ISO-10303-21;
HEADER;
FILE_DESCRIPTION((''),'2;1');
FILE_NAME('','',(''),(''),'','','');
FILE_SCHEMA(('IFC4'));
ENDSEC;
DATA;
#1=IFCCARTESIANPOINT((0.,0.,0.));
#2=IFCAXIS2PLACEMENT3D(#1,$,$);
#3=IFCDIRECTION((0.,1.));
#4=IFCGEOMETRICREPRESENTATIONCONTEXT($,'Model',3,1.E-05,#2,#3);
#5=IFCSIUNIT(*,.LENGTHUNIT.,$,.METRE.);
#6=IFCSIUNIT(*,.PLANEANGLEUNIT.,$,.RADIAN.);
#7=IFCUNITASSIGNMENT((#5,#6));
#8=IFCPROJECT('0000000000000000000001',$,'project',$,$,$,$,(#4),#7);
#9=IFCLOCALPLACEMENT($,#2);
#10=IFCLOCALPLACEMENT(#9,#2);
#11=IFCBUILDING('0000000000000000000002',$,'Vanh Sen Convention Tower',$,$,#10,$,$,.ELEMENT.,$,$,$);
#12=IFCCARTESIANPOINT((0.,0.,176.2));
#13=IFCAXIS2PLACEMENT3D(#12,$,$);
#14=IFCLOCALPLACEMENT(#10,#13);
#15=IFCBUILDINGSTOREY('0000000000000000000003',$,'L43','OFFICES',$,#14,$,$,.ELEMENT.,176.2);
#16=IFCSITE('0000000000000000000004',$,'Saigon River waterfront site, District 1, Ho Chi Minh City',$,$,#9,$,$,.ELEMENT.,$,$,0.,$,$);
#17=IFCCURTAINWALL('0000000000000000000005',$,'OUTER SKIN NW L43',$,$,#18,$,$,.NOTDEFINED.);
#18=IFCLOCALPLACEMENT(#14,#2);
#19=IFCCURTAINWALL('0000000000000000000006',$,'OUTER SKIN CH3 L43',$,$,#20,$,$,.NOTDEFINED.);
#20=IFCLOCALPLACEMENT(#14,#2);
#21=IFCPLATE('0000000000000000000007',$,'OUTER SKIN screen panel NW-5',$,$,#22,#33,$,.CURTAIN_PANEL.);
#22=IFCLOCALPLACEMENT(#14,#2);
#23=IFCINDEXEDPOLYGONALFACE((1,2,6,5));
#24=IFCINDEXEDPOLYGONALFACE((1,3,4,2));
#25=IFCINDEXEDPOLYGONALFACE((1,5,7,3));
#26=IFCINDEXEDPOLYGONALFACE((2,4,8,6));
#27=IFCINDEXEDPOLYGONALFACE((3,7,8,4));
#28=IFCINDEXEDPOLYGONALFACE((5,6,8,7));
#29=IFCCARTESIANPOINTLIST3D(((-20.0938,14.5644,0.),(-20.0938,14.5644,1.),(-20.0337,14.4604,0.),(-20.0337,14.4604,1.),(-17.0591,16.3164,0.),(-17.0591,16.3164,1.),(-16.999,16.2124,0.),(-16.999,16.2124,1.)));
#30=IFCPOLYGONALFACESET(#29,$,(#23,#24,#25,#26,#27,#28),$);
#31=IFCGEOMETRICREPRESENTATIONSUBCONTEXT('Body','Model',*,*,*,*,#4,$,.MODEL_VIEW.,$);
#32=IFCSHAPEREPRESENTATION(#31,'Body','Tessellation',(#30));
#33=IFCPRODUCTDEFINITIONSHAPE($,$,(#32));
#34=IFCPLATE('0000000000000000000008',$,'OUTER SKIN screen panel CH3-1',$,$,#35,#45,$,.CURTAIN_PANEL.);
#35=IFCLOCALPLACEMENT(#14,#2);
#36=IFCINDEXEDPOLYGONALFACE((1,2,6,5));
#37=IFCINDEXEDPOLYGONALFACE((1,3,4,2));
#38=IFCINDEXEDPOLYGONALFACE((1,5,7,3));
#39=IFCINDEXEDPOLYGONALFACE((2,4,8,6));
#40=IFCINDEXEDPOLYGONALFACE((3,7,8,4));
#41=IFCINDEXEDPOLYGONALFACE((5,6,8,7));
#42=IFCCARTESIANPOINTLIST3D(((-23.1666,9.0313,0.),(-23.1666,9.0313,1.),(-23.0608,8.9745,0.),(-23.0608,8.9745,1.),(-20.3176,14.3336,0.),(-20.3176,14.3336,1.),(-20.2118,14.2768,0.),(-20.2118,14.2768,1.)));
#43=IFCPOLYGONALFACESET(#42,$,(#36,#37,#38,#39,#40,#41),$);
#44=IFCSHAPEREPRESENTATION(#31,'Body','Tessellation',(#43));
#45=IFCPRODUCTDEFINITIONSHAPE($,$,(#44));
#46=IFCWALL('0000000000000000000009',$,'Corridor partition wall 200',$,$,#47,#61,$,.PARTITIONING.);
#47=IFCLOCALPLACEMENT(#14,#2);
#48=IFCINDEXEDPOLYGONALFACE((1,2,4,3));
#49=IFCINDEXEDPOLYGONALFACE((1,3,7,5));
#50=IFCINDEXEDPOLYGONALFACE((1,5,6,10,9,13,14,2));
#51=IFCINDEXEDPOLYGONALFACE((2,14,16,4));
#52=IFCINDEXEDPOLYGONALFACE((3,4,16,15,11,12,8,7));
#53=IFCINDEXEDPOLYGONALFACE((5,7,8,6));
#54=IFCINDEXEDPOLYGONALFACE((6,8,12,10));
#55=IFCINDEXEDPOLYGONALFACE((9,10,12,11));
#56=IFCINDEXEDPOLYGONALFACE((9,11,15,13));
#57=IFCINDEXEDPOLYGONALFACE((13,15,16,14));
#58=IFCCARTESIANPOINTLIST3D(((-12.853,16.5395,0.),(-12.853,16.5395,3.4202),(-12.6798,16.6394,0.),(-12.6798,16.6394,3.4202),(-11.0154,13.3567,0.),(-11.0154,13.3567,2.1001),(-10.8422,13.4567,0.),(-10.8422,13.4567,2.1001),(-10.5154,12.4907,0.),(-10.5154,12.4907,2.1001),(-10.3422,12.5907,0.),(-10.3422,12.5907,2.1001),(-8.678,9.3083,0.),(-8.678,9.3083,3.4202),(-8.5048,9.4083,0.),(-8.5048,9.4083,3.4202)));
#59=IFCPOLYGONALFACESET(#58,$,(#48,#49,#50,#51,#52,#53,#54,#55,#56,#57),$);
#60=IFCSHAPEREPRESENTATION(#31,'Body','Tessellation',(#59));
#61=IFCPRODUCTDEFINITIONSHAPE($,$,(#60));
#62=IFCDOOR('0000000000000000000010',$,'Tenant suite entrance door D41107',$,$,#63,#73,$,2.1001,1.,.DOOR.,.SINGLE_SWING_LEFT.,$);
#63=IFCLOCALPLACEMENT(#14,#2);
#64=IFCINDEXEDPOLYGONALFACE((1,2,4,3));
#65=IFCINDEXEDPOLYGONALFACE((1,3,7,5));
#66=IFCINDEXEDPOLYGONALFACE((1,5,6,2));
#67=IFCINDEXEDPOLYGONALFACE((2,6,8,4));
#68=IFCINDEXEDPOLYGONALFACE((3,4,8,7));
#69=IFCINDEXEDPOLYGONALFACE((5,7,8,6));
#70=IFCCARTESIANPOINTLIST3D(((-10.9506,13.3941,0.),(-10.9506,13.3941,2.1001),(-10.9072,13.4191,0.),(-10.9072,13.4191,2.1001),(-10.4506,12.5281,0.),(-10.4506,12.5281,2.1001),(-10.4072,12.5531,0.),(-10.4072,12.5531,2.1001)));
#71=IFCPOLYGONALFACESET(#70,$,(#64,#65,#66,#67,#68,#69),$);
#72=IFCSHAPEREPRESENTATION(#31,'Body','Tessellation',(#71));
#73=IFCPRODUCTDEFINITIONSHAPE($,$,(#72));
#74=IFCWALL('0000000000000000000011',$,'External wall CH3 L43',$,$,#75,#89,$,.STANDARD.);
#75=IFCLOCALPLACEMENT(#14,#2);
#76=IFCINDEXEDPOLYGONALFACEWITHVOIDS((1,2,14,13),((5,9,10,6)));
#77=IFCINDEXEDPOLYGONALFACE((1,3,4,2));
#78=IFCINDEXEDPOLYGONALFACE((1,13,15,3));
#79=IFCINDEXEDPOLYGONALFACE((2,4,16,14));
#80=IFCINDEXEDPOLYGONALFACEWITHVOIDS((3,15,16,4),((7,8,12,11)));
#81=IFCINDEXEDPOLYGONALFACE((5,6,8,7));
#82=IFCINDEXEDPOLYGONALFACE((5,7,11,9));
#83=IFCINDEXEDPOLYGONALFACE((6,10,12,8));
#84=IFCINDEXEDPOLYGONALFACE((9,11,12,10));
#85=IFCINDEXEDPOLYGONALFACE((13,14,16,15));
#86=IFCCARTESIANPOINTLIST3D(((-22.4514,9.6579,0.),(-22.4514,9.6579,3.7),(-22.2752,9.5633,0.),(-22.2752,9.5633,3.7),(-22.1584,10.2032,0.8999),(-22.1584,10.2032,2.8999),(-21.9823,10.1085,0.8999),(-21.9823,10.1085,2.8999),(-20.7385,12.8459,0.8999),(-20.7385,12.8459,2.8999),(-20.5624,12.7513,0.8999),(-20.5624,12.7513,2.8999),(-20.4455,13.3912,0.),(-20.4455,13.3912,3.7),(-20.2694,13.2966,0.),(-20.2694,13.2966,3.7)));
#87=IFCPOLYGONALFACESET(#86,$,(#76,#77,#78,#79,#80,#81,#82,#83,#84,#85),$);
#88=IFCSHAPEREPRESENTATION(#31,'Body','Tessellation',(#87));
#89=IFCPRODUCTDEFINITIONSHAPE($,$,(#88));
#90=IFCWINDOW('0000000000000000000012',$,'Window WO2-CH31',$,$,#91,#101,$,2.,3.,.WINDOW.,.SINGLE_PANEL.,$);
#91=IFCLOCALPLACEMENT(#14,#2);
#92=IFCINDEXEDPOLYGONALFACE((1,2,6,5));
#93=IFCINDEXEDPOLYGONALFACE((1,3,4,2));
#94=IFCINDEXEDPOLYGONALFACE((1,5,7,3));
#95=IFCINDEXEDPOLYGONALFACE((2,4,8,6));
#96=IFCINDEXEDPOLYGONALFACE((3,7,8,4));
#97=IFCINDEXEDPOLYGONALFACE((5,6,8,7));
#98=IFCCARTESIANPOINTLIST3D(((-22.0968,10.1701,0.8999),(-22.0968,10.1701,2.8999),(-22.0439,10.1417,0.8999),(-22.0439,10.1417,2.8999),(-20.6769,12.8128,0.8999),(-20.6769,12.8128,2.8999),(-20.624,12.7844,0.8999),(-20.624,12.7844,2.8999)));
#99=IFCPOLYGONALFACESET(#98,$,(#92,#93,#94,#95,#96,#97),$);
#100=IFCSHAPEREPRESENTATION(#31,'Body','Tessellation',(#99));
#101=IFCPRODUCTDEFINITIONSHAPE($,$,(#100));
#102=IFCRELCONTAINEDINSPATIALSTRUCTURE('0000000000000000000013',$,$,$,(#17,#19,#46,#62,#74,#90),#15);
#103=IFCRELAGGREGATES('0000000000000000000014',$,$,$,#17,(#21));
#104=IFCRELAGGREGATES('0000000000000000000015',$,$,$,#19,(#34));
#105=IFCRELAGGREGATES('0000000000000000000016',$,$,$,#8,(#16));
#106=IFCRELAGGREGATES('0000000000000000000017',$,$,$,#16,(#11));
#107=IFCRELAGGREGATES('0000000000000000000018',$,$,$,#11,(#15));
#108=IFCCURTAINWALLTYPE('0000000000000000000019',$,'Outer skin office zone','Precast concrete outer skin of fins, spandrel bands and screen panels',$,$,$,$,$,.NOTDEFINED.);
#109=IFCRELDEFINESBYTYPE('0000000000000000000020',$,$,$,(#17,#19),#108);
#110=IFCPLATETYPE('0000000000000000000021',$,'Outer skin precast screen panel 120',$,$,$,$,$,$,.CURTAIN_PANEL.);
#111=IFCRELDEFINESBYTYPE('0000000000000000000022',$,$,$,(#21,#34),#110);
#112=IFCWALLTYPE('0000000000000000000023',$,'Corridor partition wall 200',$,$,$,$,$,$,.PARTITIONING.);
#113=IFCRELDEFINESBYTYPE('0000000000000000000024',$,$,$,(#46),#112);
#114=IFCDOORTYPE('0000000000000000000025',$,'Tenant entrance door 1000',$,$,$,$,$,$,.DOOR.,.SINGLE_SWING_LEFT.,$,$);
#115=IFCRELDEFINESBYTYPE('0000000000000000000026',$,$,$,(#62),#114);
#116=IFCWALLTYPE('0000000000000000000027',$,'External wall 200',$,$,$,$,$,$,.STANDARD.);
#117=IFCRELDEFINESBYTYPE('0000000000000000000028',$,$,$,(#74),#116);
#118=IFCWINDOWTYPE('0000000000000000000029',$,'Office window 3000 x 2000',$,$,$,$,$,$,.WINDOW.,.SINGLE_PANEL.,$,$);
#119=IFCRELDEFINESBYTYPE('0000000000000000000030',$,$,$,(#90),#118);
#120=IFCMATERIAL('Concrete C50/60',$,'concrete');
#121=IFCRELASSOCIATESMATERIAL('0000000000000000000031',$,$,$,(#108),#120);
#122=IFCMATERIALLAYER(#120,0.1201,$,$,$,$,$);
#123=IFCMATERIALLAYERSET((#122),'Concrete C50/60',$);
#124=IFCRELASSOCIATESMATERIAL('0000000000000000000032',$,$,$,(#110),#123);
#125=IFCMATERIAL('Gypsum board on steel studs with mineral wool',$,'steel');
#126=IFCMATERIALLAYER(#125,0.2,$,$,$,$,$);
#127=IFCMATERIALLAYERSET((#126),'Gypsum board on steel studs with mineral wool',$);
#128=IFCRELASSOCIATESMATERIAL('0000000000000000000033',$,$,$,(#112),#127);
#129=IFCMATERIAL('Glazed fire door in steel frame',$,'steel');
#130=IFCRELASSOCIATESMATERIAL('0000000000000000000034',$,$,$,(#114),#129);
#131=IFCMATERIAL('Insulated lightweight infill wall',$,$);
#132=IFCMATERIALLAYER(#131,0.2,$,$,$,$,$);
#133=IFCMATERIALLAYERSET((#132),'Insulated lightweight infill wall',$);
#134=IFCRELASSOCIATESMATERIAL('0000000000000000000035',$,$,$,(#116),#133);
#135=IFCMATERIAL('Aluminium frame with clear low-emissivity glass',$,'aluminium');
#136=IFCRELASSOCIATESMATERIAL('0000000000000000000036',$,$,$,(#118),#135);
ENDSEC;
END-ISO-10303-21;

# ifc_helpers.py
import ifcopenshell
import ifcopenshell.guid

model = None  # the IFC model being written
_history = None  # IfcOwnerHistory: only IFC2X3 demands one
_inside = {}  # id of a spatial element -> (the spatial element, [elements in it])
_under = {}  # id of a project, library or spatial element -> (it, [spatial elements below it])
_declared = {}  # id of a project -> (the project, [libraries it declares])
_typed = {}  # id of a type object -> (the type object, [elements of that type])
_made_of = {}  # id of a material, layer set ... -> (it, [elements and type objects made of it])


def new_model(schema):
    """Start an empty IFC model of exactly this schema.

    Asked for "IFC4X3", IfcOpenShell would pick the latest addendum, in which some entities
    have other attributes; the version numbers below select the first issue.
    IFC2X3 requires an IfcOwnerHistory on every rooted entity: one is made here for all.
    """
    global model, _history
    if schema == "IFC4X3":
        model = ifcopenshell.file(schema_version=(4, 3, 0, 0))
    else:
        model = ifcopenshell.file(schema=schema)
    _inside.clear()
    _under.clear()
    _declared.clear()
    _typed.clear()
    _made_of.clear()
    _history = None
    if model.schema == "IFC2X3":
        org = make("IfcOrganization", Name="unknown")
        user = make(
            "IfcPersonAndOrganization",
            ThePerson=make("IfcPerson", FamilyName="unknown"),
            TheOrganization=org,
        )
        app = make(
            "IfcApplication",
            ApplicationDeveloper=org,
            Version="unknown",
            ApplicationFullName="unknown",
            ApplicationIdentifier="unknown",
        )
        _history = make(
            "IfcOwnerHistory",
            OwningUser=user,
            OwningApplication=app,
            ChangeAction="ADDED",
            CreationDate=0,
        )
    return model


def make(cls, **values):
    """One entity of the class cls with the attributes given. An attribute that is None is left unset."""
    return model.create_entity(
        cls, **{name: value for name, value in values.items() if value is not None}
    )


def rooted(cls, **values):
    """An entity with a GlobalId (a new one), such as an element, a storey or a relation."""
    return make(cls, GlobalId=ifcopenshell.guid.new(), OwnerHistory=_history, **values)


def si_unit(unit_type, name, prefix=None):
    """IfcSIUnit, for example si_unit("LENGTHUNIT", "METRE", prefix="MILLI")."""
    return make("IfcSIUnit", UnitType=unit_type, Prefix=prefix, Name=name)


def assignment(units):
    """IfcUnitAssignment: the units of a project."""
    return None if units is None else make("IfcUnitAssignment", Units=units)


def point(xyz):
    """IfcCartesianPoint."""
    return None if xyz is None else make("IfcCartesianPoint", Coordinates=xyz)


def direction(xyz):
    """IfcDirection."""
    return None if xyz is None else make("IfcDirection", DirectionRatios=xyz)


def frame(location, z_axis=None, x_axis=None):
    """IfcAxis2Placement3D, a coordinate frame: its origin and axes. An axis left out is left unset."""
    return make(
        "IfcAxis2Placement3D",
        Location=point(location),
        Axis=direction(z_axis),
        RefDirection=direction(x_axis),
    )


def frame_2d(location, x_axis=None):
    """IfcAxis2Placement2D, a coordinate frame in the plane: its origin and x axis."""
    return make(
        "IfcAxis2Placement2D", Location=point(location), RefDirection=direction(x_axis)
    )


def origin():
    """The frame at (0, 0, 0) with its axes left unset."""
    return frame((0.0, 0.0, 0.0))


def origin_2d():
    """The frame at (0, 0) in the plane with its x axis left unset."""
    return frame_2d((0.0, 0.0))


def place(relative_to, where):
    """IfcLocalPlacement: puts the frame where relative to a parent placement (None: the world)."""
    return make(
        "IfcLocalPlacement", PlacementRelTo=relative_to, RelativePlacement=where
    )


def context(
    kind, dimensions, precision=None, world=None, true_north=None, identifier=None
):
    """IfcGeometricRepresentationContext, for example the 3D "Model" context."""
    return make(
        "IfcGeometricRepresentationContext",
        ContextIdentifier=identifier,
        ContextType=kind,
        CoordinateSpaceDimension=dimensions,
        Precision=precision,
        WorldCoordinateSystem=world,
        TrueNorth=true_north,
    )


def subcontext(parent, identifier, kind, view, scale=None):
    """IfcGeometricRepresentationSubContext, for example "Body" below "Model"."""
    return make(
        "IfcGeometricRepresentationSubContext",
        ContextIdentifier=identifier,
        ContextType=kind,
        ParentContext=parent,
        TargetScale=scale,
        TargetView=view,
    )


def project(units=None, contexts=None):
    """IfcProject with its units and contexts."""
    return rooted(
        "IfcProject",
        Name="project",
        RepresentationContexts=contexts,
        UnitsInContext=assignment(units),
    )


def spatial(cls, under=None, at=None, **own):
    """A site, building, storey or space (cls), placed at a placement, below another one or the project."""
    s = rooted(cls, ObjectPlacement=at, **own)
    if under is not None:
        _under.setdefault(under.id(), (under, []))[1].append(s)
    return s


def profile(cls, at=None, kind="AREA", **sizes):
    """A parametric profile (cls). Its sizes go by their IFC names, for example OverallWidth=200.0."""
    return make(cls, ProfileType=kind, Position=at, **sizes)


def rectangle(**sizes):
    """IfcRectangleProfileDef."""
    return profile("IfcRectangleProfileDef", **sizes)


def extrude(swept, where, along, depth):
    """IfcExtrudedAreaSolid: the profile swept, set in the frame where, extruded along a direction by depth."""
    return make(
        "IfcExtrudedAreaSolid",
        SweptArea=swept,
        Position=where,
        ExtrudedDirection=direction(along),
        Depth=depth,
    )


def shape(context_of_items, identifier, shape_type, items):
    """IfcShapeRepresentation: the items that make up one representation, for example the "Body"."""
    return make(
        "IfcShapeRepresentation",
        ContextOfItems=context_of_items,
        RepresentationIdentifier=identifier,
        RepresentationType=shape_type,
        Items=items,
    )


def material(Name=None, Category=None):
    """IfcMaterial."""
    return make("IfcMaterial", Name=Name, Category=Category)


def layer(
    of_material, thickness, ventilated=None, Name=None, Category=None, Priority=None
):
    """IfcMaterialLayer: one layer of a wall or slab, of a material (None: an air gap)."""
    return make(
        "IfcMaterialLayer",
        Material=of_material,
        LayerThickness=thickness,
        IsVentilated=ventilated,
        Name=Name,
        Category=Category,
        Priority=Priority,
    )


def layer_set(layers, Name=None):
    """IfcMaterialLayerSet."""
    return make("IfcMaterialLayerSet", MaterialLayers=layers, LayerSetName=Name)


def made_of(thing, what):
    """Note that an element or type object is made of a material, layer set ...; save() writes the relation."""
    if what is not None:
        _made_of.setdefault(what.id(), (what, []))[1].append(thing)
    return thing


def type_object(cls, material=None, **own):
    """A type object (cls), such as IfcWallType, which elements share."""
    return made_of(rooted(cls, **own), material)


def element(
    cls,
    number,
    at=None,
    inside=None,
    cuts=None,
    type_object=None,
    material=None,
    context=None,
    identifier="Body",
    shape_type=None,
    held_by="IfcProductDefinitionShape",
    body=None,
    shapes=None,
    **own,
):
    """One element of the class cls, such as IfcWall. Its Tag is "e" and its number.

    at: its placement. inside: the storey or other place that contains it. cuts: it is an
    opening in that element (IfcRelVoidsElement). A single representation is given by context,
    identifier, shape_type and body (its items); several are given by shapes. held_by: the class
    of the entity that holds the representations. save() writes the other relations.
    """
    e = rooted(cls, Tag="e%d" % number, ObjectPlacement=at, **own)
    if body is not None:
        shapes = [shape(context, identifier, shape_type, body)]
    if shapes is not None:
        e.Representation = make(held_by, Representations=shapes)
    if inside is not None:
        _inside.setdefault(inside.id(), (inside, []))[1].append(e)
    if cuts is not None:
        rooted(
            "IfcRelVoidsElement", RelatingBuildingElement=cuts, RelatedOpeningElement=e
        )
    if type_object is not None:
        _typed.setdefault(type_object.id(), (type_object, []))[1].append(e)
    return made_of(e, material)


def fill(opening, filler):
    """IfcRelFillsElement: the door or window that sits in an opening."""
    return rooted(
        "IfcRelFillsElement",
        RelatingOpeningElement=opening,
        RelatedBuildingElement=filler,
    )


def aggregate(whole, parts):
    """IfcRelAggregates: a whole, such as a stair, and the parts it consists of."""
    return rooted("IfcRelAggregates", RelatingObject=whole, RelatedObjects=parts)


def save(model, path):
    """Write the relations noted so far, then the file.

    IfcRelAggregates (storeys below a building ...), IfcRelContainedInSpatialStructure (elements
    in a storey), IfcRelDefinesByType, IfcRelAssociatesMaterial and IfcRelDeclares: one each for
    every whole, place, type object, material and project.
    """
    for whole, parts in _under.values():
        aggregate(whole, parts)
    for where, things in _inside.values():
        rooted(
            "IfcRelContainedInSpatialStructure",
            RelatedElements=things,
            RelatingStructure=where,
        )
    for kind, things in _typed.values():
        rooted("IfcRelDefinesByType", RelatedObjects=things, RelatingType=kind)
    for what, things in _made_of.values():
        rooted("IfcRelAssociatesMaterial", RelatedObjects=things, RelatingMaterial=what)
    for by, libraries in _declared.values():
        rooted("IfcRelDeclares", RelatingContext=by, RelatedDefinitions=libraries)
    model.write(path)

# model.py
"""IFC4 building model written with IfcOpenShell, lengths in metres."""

from ifc_helpers import new_model, si_unit, direction, frame, frame_2d, origin, origin_2d, place, context, subcontext, project, spatial, rectangle, extrude, material, layer, layer_set, type_object, element, fill, aggregate, save


model = new_model("IFC4")

# Units and contexts
model_context = context("Model", 3, precision=1e-05, world=origin(), true_north=direction((0.0, 1.0)))
body_context = subcontext(model_context, "Body", "Model", "MODEL_VIEW")
ifc_project = project(units=[si_unit("LENGTHUNIT", "METRE"), si_unit("PLANEANGLEUNIT", "RADIAN")], contexts=[model_context])

# Site, building, storey
site_placement = place(None, origin())
site = spatial("IfcSite", under=ifc_project, at=site_placement, Name="Saigon River waterfront site, District 1, Ho Chi Minh City", CompositionType="ELEMENT", RefElevation=0.0)
building_placement = place(site_placement, origin())
building = spatial("IfcBuilding", under=site, at=building_placement, Name="Vanh Sen Convention Tower", CompositionType="ELEMENT")
storey_placement = place(building_placement, frame((0.0, 0.0, 176.2)))
storey = spatial("IfcBuildingStorey", under=building, at=storey_placement, Name="L43", Description="OFFICES", CompositionType="ELEMENT", Elevation=176.2)

# Curtain wall
ifc_material_1 = material(Name="Concrete C50/60", Category="concrete")
curtain_wall_type = type_object("IfcCurtainWallType", Name="Outer skin office zone", Description="Precast concrete outer skin of fins, spandrel bands and screen panels", PredefinedType="NOTDEFINED", material=ifc_material_1)
curtain_wall_1_placement = place(storey_placement, origin())
curtain_wall_1 = element("IfcCurtainWall", 1, at=curtain_wall_1_placement, inside=storey, type_object=curtain_wall_type, Name="OUTER SKIN NW L43", PredefinedType="NOTDEFINED")

# Curtain wall
curtain_wall_2_placement = place(storey_placement, origin())
curtain_wall_2 = element("IfcCurtainWall", 2, at=curtain_wall_2_placement, inside=storey, type_object=curtain_wall_type, Name="OUTER SKIN CH3 L43", PredefinedType="NOTDEFINED")

# Plates
ifc_layer_1 = layer(ifc_material_1, 0.1201)
ifc_layer_set_1 = layer_set([ifc_layer_1], Name="Concrete C50/60")
plate_type = type_object("IfcPlateType", Name="Outer skin precast screen panel 120", PredefinedType="CURTAIN_PANEL", material=ifc_layer_set_1)
plate_1_placement = place(storey_placement, frame((-18.5464, 15.3884, 0.0), z_axis=(0.0, 0.0, 1.0), x_axis=(-0.866035, -0.499983, 0.0)))
plate_1 = element("IfcPlate", 3, at=plate_1_placement, type_object=plate_type, Name="OUTER SKIN screen panel NW-5", PredefinedType="CURTAIN_PANEL", context=body_context, shape_type="SweptSolid", body=[
    extrude(rectangle(XDim=3.5042, YDim=0.1201, at=origin_2d()), origin(), (0.0, 0.0, 1.0), 1.0),
])
aggregate(curtain_wall_1, [plate_1])
plate_2_placement = place(storey_placement, frame((-21.6892, 11.6541, 0.0), z_axis=(0.0, 0.0, 1.0), x_axis=(-0.473318, -0.880892, 0.0)))
plate_2 = element("IfcPlate", 4, at=plate_2_placement, type_object=plate_type, Name="OUTER SKIN screen panel CH3-1", PredefinedType="CURTAIN_PANEL", context=body_context, shape_type="SweptSolid", body=[
    extrude(rectangle(XDim=6.0193, YDim=0.1201, at=origin_2d()), origin(), (0.0, 0.0, 1.0), 1.0),
])
aggregate(curtain_wall_2, [plate_2])

# Wall, opening, door
ifc_material_2 = material(Name="Gypsum board on steel studs with mineral wool", Category="steel")
ifc_layer_2 = layer(ifc_material_2, 0.2)
ifc_layer_set_2 = layer_set([ifc_layer_2], Name="Gypsum board on steel studs with mineral wool")
wall_type_1 = type_object("IfcWallType", Name="Corridor partition wall 200", PredefinedType="PARTITIONING", material=ifc_layer_set_2)
wall_1_placement = place(storey_placement, frame((-12.7664, 16.5894, 0.0), z_axis=(0.0, 0.0, 1.0), x_axis=(0.50001, -0.86602, 0.0)))
wall_1 = element("IfcWall", 5, at=wall_1_placement, inside=storey, type_object=wall_type_1, Name="Corridor partition wall 200", PredefinedType="PARTITIONING", context=body_context, shape_type="SweptSolid", body=[
    extrude(rectangle(XDim=8.3499, YDim=0.2, at=frame_2d((4.1748, 0.0))), origin(), (0.0, 0.0, 1.0), 3.4202),
])
opening_1_placement = place(wall_1_placement, frame((3.675, 0.0, 0.0)))
opening_1 = element("IfcOpeningElement", 6, at=opening_1_placement, cuts=wall_1, PredefinedType="OPENING", context=body_context, shape_type="SweptSolid", body=[
    extrude(rectangle(XDim=1.0, YDim=2.1001, at=frame_2d((0.5, 1.05))), frame((0.0, 0.1099, 0.0), z_axis=(0.0, -1.0, 0.0), x_axis=(1.0, 0.0, 0.0)), (0.0, 0.0, 1.0), 0.22),
])
ifc_material_3 = material(Name="Glazed fire door in steel frame", Category="steel")
door_type = type_object("IfcDoorType", Name="Tenant entrance door 1000", OperationType="SINGLE_SWING_LEFT", PredefinedType="DOOR", material=ifc_material_3)
door_placement = place(opening_1_placement, origin())
door = element("IfcDoor", 7, at=door_placement, inside=storey, type_object=door_type, Name="Tenant suite entrance door D41107", OperationType="SINGLE_SWING_LEFT", OverallHeight=2.1001, OverallWidth=1.0, PredefinedType="DOOR", context=body_context, shape_type="SweptSolid", body=[
    extrude(rectangle(XDim=1.0, YDim=2.1001, at=frame_2d((0.5, 1.05))), frame((0.0, 0.0249, 0.0), z_axis=(0.0, -1.0, 0.0), x_axis=(1.0, 0.0, 0.0)), (0.0, 0.0, 1.0), 0.05),
])
fill(opening_1, door)

# Wall, opening, window
ifc_material_4 = material(Name="Insulated lightweight infill wall")
ifc_layer_3 = layer(ifc_material_4, 0.2)
ifc_layer_set_3 = layer_set([ifc_layer_3], Name="Insulated lightweight infill wall")
wall_type_2 = type_object("IfcWallType", Name="External wall 200", PredefinedType="STANDARD", material=ifc_layer_set_3)
wall_2_placement = place(storey_placement, frame((-20.3574, 13.344, 0.0), z_axis=(0.0, 0.0, 1.0), x_axis=(-0.473289, -0.880907, 0.0)))
wall_2 = element("IfcWall", 8, at=wall_2_placement, inside=storey, type_object=wall_type_2, Name="External wall CH3 L43", PredefinedType="STANDARD", context=body_context, shape_type="SweptSolid", body=[
    extrude(rectangle(XDim=4.238, YDim=0.2, at=frame_2d((2.1191, 0.0))), origin(), (0.0, 0.0, 1.0), 3.7),
])
opening_2_placement = place(wall_2_placement, frame((0.6191, 0.0, 0.8999)))
opening_2 = element("IfcOpeningElement", 9, at=opening_2_placement, cuts=wall_2, PredefinedType="OPENING", context=body_context, shape_type="SweptSolid", body=[
    extrude(rectangle(XDim=3.0, YDim=2.0, at=frame_2d((1.5, 1.0))), frame((0.0, 0.1099, 0.0), z_axis=(0.0, -1.0, 0.0), x_axis=(1.0, 0.0, 0.0)), (0.0, 0.0, 1.0), 0.22),
])
ifc_material_5 = material(Name="Aluminium frame with clear low-emissivity glass", Category="aluminium")
window_type_1 = type_object("IfcWindowType", Name="Office window 3000 x 2000", PartitioningType="SINGLE_PANEL", PredefinedType="WINDOW", material=ifc_material_5)
window_1_placement = place(opening_2_placement, origin())
window_1 = element("IfcWindow", 10, at=window_1_placement, inside=storey, type_object=window_type_1, Name="Window WO2-CH31", OverallHeight=2.0, OverallWidth=3.0, PartitioningType="SINGLE_PANEL", PredefinedType="WINDOW", context=body_context, shape_type="SweptSolid", body=[
    extrude(rectangle(XDim=3.0, YDim=2.0, at=frame_2d((1.5, 1.0))), frame((0.0, 0.03, 0.0), z_axis=(0.0, -1.0, 0.0), x_axis=(1.0, 0.0, 0.0)), (0.0, 0.0, 1.0), 0.0601),
])
fill(opening_2, window_1)

save(model, "model.ifc")
